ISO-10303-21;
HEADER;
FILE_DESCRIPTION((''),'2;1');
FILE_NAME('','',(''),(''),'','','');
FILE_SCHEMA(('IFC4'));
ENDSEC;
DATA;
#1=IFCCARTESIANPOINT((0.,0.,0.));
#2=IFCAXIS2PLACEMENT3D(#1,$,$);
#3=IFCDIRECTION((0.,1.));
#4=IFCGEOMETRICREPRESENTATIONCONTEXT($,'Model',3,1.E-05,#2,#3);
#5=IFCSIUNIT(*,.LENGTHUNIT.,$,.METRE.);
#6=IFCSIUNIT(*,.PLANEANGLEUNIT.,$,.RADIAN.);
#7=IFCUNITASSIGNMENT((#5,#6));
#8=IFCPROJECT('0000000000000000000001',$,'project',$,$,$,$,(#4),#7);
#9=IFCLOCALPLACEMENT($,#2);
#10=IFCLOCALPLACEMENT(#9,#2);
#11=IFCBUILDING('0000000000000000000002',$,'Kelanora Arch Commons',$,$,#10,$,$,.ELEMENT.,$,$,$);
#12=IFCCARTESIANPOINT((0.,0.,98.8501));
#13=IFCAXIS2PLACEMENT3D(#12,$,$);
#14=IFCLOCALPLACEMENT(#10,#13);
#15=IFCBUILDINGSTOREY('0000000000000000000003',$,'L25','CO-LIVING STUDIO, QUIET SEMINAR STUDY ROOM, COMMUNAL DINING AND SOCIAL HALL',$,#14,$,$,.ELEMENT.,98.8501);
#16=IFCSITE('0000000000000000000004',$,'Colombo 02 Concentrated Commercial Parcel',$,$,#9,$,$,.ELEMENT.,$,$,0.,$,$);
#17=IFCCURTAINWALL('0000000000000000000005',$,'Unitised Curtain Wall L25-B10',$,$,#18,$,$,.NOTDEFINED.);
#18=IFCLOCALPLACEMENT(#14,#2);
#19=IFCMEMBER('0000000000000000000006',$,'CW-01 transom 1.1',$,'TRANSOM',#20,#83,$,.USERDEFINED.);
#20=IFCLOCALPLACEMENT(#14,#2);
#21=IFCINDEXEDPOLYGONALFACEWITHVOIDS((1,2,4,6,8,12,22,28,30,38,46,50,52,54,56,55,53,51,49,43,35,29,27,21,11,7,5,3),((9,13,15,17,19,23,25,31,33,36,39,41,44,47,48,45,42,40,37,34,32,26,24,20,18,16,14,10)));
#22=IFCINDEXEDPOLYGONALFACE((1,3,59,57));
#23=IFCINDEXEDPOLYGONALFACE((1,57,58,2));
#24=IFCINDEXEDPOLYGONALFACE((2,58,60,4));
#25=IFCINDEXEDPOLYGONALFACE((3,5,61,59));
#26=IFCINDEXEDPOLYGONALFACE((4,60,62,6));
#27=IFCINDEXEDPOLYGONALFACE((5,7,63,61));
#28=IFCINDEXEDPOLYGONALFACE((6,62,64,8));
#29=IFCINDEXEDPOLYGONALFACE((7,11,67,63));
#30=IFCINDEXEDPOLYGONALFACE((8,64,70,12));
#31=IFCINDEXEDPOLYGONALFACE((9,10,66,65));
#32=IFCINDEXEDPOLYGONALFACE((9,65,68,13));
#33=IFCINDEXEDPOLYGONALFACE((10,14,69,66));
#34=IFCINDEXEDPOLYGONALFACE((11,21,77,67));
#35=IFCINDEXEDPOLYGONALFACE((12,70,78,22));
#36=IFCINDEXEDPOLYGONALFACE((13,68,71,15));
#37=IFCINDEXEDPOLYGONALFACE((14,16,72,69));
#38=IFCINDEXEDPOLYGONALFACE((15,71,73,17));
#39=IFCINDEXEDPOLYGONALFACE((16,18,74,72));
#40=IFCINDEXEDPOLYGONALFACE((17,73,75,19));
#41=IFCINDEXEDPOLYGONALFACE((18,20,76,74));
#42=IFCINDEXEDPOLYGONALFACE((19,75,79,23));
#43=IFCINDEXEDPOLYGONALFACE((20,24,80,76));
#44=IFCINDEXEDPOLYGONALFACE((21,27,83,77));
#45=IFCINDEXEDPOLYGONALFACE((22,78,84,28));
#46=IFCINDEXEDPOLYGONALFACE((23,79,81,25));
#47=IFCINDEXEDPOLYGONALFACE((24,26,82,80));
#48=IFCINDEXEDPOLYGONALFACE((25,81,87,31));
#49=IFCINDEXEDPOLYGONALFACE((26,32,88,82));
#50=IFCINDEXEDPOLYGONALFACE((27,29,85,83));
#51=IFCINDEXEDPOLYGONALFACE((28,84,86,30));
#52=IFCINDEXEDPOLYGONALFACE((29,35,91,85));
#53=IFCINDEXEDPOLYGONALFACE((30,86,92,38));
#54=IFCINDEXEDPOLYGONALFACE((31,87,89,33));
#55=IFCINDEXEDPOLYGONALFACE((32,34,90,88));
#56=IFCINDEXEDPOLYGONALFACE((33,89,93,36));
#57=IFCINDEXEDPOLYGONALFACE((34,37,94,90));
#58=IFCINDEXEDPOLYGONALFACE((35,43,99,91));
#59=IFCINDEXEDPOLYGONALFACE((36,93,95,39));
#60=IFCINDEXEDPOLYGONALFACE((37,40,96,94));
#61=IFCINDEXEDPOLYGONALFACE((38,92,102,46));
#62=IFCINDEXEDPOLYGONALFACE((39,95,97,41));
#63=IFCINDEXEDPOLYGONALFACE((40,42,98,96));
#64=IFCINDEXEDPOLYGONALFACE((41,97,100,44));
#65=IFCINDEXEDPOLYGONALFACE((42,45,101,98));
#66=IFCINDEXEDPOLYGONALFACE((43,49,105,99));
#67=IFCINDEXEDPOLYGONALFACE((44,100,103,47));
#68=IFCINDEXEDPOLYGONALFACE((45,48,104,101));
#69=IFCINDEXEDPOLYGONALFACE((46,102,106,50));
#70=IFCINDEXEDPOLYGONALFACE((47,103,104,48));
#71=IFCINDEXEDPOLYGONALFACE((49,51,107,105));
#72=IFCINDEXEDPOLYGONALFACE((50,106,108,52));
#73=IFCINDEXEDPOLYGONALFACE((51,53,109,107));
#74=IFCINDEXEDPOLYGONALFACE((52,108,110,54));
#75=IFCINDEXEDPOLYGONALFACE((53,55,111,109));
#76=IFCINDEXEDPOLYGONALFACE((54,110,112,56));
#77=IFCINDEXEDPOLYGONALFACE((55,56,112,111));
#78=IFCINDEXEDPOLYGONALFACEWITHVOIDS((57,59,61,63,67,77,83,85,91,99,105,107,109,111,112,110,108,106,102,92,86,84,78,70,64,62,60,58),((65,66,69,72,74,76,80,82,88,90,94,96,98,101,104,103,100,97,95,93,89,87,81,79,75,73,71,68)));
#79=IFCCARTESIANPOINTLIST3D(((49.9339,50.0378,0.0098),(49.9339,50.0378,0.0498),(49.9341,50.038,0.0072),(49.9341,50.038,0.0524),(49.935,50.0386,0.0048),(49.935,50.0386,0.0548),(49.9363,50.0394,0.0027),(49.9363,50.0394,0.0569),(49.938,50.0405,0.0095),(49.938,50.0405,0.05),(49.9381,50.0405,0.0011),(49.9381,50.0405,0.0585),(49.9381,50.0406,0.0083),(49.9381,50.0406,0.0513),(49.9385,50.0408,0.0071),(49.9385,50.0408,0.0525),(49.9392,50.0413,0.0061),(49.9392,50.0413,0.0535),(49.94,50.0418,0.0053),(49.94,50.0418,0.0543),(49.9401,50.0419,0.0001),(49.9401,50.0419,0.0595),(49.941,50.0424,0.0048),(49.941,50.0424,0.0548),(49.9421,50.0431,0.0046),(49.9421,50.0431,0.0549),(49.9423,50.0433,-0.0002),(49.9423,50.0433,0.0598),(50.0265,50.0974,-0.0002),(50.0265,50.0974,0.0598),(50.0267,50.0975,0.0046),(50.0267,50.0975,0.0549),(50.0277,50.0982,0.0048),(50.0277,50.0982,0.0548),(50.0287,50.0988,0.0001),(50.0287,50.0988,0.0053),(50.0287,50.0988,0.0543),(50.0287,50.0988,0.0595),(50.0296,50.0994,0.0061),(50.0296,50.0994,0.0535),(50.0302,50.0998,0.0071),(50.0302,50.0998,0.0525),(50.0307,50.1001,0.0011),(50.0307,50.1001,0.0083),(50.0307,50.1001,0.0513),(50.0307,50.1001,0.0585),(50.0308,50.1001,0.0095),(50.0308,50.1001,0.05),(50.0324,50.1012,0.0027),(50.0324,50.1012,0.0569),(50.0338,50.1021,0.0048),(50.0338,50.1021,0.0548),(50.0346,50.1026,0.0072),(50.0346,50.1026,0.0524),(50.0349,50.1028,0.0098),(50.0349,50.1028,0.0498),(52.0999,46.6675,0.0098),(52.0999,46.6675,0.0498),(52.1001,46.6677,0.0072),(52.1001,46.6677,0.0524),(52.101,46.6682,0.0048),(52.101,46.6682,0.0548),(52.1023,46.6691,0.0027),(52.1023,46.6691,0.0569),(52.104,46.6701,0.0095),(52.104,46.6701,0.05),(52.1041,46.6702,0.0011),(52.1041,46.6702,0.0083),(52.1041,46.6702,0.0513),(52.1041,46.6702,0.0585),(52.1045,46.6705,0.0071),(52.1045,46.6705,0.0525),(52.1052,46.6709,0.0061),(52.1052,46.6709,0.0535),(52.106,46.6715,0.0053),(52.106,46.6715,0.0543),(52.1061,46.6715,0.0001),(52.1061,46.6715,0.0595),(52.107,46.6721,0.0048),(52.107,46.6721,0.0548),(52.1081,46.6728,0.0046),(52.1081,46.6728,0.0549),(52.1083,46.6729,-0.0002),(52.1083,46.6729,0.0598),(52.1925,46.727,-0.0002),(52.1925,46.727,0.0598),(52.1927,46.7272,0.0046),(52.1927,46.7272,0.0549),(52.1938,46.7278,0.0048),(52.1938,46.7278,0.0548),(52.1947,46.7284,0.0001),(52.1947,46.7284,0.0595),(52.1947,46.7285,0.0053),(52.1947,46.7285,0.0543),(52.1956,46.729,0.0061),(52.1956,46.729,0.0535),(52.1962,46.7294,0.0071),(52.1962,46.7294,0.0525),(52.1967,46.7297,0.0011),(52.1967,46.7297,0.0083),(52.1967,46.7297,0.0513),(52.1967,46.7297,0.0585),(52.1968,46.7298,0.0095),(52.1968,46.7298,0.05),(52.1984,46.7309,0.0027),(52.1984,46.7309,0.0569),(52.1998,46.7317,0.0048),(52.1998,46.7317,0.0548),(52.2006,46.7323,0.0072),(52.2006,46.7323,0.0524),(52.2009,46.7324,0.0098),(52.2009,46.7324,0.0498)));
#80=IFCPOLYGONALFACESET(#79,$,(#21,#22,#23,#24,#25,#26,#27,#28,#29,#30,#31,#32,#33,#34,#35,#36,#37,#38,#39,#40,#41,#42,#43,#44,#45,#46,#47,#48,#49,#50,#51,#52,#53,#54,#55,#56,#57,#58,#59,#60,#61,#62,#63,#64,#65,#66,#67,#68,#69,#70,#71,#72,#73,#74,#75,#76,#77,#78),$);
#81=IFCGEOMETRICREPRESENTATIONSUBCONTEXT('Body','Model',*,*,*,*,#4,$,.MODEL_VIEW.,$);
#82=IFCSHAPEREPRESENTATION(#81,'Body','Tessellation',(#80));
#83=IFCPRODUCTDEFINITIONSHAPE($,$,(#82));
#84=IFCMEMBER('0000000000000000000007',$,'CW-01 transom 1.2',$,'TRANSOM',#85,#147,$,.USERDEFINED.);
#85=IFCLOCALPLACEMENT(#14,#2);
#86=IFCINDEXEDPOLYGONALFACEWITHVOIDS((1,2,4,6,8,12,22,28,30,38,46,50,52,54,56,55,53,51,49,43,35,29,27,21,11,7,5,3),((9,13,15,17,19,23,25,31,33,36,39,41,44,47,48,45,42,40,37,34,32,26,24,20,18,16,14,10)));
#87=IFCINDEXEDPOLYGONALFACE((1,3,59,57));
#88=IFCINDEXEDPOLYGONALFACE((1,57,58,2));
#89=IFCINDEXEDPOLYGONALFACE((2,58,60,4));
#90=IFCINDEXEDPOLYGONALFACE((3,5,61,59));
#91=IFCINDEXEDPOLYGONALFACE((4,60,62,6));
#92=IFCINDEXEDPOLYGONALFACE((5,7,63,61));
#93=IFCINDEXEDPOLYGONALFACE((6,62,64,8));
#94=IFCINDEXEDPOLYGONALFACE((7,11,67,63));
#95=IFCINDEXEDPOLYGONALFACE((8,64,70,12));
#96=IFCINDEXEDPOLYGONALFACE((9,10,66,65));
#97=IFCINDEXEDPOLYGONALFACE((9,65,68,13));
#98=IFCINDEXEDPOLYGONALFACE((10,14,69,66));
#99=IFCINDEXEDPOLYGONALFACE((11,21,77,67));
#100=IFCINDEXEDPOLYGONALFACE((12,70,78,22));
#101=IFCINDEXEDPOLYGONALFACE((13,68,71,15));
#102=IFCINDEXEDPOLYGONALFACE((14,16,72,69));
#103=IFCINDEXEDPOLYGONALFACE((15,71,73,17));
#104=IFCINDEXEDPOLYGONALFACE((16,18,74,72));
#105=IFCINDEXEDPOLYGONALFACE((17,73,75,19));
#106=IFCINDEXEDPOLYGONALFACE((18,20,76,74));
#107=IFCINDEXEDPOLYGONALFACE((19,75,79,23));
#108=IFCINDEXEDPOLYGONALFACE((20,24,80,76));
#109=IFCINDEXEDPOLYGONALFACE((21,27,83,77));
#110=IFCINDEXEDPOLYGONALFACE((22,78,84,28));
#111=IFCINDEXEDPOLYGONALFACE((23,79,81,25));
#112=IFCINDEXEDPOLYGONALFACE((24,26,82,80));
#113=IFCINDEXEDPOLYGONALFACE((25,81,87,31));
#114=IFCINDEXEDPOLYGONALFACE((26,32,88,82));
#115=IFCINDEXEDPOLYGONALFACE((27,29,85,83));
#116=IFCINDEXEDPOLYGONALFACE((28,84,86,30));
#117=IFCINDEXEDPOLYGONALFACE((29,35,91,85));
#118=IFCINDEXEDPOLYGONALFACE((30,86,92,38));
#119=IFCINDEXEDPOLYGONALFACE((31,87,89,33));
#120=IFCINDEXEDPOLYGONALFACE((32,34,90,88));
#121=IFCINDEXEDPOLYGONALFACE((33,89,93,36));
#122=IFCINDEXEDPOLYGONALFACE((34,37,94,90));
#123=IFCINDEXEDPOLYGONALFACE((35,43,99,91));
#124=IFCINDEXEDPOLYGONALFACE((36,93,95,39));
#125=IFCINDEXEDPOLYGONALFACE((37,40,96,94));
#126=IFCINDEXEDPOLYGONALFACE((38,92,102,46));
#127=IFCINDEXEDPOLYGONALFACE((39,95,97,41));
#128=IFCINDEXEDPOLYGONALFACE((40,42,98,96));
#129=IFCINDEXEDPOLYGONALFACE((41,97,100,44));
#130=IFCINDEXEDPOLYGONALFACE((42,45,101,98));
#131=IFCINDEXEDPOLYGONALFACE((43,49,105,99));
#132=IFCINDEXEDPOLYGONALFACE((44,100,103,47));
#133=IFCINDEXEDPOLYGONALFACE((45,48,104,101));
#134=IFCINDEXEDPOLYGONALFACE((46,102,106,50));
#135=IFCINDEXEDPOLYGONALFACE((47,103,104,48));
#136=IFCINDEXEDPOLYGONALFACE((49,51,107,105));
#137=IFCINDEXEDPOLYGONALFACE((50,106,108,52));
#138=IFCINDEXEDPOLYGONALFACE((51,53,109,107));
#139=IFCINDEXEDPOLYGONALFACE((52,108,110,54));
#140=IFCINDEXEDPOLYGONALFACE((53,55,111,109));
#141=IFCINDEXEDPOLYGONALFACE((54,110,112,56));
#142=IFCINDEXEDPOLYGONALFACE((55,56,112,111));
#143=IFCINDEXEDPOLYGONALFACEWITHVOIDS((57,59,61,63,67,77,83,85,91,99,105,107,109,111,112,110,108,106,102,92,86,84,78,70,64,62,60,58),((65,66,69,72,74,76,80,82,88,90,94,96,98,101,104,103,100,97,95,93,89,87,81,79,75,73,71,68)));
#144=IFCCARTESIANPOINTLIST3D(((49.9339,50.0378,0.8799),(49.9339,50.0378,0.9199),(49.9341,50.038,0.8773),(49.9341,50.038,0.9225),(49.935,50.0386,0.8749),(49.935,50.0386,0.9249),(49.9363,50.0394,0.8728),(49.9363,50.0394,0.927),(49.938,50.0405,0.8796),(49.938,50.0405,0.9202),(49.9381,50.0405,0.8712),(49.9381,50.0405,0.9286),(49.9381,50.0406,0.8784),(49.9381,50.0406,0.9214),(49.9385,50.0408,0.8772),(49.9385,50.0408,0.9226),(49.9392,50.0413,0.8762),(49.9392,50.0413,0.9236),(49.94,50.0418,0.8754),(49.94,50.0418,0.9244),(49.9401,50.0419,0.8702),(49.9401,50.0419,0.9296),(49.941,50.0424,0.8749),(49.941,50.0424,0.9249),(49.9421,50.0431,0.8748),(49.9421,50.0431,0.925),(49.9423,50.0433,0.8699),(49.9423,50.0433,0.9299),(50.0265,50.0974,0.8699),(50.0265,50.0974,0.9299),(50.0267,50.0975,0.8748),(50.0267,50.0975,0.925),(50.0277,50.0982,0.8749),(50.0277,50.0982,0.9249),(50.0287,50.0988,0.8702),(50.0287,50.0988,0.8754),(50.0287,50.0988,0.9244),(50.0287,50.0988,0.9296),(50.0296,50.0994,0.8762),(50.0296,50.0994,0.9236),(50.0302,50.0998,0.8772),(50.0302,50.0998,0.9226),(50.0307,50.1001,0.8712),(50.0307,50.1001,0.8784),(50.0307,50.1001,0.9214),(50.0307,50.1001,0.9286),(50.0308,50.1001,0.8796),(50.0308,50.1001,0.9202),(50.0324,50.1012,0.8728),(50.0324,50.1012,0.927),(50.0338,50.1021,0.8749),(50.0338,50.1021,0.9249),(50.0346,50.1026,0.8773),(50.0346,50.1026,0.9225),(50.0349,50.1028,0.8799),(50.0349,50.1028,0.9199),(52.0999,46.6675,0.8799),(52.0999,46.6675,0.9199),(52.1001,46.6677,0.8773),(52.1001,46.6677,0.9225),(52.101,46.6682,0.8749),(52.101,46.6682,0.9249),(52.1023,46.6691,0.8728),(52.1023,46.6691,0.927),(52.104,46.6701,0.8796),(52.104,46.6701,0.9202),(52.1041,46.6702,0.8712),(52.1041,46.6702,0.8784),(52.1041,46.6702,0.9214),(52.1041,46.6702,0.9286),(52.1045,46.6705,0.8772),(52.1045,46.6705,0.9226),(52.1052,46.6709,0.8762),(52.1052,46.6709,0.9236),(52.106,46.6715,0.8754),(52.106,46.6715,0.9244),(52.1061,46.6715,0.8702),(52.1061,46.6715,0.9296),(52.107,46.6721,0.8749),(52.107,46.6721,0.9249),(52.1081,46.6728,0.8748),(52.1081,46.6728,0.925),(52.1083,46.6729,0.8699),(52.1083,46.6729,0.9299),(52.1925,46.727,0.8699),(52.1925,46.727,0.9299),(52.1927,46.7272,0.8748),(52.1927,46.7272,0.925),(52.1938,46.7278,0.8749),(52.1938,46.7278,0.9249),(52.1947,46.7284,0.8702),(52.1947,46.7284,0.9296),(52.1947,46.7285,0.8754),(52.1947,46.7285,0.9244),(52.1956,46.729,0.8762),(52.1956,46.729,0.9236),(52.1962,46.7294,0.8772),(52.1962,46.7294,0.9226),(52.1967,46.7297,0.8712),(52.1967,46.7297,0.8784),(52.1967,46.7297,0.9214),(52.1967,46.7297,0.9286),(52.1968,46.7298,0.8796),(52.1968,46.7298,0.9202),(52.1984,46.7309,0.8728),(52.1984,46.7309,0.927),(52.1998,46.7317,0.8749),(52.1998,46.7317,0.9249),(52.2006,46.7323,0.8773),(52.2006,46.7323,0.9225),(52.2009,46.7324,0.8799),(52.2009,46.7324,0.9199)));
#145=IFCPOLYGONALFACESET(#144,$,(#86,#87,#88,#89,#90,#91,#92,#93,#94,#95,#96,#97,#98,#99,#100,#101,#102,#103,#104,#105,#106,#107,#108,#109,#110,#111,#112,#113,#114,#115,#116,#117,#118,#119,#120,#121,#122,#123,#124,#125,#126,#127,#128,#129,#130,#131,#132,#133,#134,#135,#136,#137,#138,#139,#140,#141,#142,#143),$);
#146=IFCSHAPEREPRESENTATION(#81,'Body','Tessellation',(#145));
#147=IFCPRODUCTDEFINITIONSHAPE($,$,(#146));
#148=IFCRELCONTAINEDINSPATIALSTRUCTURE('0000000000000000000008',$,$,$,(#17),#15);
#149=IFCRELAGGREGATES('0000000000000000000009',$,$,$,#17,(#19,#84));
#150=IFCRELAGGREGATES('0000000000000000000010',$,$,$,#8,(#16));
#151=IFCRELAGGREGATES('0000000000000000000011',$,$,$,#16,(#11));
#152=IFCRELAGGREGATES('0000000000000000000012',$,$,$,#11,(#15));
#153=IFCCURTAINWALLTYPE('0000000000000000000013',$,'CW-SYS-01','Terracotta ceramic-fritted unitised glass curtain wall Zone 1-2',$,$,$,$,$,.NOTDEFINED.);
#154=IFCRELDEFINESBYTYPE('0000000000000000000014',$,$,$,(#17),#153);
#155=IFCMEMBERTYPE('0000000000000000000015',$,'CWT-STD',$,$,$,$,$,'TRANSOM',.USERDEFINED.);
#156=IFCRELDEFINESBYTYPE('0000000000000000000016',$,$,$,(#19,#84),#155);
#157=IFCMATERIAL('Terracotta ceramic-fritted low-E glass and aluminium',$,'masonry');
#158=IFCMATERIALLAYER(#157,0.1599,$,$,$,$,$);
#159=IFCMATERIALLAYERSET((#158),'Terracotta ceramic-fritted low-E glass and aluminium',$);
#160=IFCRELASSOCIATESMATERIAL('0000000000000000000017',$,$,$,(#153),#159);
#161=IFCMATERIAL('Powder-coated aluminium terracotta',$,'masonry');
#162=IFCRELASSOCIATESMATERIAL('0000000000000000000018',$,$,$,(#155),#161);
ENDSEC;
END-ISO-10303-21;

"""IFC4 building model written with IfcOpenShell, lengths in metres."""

from ifc_helpers import new_model, si_unit, direction, frame, origin, origin_2d, place, context, subcontext, project, spatial, hollow_rectangle, extrude, material, layer, layer_set, material_profile, profile_set, type_object, element, aggregate, save


model = new_model("IFC4")

# Units and contexts
model_context = context("Model", 3, precision=1e-05, world=origin(), true_north=direction((0.0, 1.0)))
body_context = subcontext(model_context, "Body", "Model", "MODEL_VIEW")
ifc_project = project(units=[si_unit("LENGTHUNIT", "METRE"), si_unit("PLANEANGLEUNIT", "RADIAN")], contexts=[model_context])

# Site, building, storey
site_placement = place(None, origin())
site = spatial("IfcSite", under=ifc_project, at=site_placement, Name="Colombo 02 Concentrated Commercial Parcel", CompositionType="ELEMENT", RefElevation=0.0)
building_placement = place(site_placement, origin())
building = spatial("IfcBuilding", under=site, at=building_placement, Name="Kelanora Arch Commons", CompositionType="ELEMENT")
storey_placement = place(building_placement, frame((0.0, 0.0, 98.8501)))
storey = spatial("IfcBuildingStorey", under=building, at=storey_placement, Name="L25", Description="CO-LIVING STUDIO, QUIET SEMINAR STUDY ROOM, COMMUNAL DINING AND SOCIAL HALL", CompositionType="ELEMENT", Elevation=98.8501)

# Shared definitions
ifc_material_1 = material(Name="Terracotta ceramic-fritted low-E glass and aluminium", Category="masonry")
ifc_layer_1 = layer(ifc_material_1, 0.1599)
ifc_layer_set_1 = layer_set([ifc_layer_1], Name="Terracotta ceramic-fritted low-E glass and aluminium")
curtain_wall_type = type_object("IfcCurtainWallType", Name="CW-SYS-01", Description="Terracotta ceramic-fritted unitised glass curtain wall Zone 1-2", PredefinedType="NOTDEFINED", material=ifc_layer_set_1)
ifc_material_2 = material(Name="Powder-coated aluminium terracotta", Category="masonry")

# Curtain wall, members
curtain_wall_1_placement = place(storey_placement, origin())
curtain_wall_1 = element("IfcCurtainWall", 1, at=curtain_wall_1_placement, inside=storey, type_object=curtain_wall_type, Name="Unitised Curtain Wall L25-B10", PredefinedType="NOTDEFINED")
ifc_material_profile_1 = material_profile(ifc_material_2, hollow_rectangle(XDim=0.1201, YDim=0.0601, WallThickness=0.0049, InnerFilletRadius=0.0049, OuterFilletRadius=0.01, at=origin_2d()), Name="CWT120x60")
ifc_profile_set_1 = profile_set([ifc_material_profile_1], Name="Powder-coated aluminium terracotta")
member_type_1 = type_object("IfcMemberType", Name="CWT-STD", ElementType="TRANSOM", PredefinedType="USERDEFINED", material=ifc_profile_set_1)
member_1_placement = place(storey_placement, frame((49.9844, 50.0703, 0.0298), z_axis=(0.540644, -0.841252, 0.0), x_axis=(0.841252, 0.540644, 0.0)))
member_1 = element("IfcMember", 2, at=member_1_placement, type_object=member_type_1, Name="CW-01 transom 1.1", ObjectType="TRANSOM", PredefinedType="USERDEFINED", context=body_context, shape_type="SweptSolid", body=[
    extrude(hollow_rectangle(XDim=0.1201, YDim=0.0601, WallThickness=0.0049, InnerFilletRadius=0.0049, OuterFilletRadius=0.01, at=origin_2d()), origin(), (0.0, 0.0, 1.0), 4.0063),
])
member_2_placement = place(storey_placement, frame((49.9844, 50.0703, 0.8999), z_axis=(0.540644, -0.841252, 0.0), x_axis=(0.841252, 0.540644, 0.0)))
member_2 = element("IfcMember", 3, at=member_2_placement, type_object=member_type_1, Name="CW-01 transom 1.2", ObjectType="TRANSOM", PredefinedType="USERDEFINED", context=body_context, shape_type="SweptSolid", body=[
    extrude(hollow_rectangle(XDim=0.1201, YDim=0.0601, WallThickness=0.0049, InnerFilletRadius=0.0049, OuterFilletRadius=0.01, at=origin_2d()), origin(), (0.0, 0.0, 1.0), 4.0063),
])

aggregate(curtain_wall_1, [member_1, member_2])

save(model, "model.ifc")
